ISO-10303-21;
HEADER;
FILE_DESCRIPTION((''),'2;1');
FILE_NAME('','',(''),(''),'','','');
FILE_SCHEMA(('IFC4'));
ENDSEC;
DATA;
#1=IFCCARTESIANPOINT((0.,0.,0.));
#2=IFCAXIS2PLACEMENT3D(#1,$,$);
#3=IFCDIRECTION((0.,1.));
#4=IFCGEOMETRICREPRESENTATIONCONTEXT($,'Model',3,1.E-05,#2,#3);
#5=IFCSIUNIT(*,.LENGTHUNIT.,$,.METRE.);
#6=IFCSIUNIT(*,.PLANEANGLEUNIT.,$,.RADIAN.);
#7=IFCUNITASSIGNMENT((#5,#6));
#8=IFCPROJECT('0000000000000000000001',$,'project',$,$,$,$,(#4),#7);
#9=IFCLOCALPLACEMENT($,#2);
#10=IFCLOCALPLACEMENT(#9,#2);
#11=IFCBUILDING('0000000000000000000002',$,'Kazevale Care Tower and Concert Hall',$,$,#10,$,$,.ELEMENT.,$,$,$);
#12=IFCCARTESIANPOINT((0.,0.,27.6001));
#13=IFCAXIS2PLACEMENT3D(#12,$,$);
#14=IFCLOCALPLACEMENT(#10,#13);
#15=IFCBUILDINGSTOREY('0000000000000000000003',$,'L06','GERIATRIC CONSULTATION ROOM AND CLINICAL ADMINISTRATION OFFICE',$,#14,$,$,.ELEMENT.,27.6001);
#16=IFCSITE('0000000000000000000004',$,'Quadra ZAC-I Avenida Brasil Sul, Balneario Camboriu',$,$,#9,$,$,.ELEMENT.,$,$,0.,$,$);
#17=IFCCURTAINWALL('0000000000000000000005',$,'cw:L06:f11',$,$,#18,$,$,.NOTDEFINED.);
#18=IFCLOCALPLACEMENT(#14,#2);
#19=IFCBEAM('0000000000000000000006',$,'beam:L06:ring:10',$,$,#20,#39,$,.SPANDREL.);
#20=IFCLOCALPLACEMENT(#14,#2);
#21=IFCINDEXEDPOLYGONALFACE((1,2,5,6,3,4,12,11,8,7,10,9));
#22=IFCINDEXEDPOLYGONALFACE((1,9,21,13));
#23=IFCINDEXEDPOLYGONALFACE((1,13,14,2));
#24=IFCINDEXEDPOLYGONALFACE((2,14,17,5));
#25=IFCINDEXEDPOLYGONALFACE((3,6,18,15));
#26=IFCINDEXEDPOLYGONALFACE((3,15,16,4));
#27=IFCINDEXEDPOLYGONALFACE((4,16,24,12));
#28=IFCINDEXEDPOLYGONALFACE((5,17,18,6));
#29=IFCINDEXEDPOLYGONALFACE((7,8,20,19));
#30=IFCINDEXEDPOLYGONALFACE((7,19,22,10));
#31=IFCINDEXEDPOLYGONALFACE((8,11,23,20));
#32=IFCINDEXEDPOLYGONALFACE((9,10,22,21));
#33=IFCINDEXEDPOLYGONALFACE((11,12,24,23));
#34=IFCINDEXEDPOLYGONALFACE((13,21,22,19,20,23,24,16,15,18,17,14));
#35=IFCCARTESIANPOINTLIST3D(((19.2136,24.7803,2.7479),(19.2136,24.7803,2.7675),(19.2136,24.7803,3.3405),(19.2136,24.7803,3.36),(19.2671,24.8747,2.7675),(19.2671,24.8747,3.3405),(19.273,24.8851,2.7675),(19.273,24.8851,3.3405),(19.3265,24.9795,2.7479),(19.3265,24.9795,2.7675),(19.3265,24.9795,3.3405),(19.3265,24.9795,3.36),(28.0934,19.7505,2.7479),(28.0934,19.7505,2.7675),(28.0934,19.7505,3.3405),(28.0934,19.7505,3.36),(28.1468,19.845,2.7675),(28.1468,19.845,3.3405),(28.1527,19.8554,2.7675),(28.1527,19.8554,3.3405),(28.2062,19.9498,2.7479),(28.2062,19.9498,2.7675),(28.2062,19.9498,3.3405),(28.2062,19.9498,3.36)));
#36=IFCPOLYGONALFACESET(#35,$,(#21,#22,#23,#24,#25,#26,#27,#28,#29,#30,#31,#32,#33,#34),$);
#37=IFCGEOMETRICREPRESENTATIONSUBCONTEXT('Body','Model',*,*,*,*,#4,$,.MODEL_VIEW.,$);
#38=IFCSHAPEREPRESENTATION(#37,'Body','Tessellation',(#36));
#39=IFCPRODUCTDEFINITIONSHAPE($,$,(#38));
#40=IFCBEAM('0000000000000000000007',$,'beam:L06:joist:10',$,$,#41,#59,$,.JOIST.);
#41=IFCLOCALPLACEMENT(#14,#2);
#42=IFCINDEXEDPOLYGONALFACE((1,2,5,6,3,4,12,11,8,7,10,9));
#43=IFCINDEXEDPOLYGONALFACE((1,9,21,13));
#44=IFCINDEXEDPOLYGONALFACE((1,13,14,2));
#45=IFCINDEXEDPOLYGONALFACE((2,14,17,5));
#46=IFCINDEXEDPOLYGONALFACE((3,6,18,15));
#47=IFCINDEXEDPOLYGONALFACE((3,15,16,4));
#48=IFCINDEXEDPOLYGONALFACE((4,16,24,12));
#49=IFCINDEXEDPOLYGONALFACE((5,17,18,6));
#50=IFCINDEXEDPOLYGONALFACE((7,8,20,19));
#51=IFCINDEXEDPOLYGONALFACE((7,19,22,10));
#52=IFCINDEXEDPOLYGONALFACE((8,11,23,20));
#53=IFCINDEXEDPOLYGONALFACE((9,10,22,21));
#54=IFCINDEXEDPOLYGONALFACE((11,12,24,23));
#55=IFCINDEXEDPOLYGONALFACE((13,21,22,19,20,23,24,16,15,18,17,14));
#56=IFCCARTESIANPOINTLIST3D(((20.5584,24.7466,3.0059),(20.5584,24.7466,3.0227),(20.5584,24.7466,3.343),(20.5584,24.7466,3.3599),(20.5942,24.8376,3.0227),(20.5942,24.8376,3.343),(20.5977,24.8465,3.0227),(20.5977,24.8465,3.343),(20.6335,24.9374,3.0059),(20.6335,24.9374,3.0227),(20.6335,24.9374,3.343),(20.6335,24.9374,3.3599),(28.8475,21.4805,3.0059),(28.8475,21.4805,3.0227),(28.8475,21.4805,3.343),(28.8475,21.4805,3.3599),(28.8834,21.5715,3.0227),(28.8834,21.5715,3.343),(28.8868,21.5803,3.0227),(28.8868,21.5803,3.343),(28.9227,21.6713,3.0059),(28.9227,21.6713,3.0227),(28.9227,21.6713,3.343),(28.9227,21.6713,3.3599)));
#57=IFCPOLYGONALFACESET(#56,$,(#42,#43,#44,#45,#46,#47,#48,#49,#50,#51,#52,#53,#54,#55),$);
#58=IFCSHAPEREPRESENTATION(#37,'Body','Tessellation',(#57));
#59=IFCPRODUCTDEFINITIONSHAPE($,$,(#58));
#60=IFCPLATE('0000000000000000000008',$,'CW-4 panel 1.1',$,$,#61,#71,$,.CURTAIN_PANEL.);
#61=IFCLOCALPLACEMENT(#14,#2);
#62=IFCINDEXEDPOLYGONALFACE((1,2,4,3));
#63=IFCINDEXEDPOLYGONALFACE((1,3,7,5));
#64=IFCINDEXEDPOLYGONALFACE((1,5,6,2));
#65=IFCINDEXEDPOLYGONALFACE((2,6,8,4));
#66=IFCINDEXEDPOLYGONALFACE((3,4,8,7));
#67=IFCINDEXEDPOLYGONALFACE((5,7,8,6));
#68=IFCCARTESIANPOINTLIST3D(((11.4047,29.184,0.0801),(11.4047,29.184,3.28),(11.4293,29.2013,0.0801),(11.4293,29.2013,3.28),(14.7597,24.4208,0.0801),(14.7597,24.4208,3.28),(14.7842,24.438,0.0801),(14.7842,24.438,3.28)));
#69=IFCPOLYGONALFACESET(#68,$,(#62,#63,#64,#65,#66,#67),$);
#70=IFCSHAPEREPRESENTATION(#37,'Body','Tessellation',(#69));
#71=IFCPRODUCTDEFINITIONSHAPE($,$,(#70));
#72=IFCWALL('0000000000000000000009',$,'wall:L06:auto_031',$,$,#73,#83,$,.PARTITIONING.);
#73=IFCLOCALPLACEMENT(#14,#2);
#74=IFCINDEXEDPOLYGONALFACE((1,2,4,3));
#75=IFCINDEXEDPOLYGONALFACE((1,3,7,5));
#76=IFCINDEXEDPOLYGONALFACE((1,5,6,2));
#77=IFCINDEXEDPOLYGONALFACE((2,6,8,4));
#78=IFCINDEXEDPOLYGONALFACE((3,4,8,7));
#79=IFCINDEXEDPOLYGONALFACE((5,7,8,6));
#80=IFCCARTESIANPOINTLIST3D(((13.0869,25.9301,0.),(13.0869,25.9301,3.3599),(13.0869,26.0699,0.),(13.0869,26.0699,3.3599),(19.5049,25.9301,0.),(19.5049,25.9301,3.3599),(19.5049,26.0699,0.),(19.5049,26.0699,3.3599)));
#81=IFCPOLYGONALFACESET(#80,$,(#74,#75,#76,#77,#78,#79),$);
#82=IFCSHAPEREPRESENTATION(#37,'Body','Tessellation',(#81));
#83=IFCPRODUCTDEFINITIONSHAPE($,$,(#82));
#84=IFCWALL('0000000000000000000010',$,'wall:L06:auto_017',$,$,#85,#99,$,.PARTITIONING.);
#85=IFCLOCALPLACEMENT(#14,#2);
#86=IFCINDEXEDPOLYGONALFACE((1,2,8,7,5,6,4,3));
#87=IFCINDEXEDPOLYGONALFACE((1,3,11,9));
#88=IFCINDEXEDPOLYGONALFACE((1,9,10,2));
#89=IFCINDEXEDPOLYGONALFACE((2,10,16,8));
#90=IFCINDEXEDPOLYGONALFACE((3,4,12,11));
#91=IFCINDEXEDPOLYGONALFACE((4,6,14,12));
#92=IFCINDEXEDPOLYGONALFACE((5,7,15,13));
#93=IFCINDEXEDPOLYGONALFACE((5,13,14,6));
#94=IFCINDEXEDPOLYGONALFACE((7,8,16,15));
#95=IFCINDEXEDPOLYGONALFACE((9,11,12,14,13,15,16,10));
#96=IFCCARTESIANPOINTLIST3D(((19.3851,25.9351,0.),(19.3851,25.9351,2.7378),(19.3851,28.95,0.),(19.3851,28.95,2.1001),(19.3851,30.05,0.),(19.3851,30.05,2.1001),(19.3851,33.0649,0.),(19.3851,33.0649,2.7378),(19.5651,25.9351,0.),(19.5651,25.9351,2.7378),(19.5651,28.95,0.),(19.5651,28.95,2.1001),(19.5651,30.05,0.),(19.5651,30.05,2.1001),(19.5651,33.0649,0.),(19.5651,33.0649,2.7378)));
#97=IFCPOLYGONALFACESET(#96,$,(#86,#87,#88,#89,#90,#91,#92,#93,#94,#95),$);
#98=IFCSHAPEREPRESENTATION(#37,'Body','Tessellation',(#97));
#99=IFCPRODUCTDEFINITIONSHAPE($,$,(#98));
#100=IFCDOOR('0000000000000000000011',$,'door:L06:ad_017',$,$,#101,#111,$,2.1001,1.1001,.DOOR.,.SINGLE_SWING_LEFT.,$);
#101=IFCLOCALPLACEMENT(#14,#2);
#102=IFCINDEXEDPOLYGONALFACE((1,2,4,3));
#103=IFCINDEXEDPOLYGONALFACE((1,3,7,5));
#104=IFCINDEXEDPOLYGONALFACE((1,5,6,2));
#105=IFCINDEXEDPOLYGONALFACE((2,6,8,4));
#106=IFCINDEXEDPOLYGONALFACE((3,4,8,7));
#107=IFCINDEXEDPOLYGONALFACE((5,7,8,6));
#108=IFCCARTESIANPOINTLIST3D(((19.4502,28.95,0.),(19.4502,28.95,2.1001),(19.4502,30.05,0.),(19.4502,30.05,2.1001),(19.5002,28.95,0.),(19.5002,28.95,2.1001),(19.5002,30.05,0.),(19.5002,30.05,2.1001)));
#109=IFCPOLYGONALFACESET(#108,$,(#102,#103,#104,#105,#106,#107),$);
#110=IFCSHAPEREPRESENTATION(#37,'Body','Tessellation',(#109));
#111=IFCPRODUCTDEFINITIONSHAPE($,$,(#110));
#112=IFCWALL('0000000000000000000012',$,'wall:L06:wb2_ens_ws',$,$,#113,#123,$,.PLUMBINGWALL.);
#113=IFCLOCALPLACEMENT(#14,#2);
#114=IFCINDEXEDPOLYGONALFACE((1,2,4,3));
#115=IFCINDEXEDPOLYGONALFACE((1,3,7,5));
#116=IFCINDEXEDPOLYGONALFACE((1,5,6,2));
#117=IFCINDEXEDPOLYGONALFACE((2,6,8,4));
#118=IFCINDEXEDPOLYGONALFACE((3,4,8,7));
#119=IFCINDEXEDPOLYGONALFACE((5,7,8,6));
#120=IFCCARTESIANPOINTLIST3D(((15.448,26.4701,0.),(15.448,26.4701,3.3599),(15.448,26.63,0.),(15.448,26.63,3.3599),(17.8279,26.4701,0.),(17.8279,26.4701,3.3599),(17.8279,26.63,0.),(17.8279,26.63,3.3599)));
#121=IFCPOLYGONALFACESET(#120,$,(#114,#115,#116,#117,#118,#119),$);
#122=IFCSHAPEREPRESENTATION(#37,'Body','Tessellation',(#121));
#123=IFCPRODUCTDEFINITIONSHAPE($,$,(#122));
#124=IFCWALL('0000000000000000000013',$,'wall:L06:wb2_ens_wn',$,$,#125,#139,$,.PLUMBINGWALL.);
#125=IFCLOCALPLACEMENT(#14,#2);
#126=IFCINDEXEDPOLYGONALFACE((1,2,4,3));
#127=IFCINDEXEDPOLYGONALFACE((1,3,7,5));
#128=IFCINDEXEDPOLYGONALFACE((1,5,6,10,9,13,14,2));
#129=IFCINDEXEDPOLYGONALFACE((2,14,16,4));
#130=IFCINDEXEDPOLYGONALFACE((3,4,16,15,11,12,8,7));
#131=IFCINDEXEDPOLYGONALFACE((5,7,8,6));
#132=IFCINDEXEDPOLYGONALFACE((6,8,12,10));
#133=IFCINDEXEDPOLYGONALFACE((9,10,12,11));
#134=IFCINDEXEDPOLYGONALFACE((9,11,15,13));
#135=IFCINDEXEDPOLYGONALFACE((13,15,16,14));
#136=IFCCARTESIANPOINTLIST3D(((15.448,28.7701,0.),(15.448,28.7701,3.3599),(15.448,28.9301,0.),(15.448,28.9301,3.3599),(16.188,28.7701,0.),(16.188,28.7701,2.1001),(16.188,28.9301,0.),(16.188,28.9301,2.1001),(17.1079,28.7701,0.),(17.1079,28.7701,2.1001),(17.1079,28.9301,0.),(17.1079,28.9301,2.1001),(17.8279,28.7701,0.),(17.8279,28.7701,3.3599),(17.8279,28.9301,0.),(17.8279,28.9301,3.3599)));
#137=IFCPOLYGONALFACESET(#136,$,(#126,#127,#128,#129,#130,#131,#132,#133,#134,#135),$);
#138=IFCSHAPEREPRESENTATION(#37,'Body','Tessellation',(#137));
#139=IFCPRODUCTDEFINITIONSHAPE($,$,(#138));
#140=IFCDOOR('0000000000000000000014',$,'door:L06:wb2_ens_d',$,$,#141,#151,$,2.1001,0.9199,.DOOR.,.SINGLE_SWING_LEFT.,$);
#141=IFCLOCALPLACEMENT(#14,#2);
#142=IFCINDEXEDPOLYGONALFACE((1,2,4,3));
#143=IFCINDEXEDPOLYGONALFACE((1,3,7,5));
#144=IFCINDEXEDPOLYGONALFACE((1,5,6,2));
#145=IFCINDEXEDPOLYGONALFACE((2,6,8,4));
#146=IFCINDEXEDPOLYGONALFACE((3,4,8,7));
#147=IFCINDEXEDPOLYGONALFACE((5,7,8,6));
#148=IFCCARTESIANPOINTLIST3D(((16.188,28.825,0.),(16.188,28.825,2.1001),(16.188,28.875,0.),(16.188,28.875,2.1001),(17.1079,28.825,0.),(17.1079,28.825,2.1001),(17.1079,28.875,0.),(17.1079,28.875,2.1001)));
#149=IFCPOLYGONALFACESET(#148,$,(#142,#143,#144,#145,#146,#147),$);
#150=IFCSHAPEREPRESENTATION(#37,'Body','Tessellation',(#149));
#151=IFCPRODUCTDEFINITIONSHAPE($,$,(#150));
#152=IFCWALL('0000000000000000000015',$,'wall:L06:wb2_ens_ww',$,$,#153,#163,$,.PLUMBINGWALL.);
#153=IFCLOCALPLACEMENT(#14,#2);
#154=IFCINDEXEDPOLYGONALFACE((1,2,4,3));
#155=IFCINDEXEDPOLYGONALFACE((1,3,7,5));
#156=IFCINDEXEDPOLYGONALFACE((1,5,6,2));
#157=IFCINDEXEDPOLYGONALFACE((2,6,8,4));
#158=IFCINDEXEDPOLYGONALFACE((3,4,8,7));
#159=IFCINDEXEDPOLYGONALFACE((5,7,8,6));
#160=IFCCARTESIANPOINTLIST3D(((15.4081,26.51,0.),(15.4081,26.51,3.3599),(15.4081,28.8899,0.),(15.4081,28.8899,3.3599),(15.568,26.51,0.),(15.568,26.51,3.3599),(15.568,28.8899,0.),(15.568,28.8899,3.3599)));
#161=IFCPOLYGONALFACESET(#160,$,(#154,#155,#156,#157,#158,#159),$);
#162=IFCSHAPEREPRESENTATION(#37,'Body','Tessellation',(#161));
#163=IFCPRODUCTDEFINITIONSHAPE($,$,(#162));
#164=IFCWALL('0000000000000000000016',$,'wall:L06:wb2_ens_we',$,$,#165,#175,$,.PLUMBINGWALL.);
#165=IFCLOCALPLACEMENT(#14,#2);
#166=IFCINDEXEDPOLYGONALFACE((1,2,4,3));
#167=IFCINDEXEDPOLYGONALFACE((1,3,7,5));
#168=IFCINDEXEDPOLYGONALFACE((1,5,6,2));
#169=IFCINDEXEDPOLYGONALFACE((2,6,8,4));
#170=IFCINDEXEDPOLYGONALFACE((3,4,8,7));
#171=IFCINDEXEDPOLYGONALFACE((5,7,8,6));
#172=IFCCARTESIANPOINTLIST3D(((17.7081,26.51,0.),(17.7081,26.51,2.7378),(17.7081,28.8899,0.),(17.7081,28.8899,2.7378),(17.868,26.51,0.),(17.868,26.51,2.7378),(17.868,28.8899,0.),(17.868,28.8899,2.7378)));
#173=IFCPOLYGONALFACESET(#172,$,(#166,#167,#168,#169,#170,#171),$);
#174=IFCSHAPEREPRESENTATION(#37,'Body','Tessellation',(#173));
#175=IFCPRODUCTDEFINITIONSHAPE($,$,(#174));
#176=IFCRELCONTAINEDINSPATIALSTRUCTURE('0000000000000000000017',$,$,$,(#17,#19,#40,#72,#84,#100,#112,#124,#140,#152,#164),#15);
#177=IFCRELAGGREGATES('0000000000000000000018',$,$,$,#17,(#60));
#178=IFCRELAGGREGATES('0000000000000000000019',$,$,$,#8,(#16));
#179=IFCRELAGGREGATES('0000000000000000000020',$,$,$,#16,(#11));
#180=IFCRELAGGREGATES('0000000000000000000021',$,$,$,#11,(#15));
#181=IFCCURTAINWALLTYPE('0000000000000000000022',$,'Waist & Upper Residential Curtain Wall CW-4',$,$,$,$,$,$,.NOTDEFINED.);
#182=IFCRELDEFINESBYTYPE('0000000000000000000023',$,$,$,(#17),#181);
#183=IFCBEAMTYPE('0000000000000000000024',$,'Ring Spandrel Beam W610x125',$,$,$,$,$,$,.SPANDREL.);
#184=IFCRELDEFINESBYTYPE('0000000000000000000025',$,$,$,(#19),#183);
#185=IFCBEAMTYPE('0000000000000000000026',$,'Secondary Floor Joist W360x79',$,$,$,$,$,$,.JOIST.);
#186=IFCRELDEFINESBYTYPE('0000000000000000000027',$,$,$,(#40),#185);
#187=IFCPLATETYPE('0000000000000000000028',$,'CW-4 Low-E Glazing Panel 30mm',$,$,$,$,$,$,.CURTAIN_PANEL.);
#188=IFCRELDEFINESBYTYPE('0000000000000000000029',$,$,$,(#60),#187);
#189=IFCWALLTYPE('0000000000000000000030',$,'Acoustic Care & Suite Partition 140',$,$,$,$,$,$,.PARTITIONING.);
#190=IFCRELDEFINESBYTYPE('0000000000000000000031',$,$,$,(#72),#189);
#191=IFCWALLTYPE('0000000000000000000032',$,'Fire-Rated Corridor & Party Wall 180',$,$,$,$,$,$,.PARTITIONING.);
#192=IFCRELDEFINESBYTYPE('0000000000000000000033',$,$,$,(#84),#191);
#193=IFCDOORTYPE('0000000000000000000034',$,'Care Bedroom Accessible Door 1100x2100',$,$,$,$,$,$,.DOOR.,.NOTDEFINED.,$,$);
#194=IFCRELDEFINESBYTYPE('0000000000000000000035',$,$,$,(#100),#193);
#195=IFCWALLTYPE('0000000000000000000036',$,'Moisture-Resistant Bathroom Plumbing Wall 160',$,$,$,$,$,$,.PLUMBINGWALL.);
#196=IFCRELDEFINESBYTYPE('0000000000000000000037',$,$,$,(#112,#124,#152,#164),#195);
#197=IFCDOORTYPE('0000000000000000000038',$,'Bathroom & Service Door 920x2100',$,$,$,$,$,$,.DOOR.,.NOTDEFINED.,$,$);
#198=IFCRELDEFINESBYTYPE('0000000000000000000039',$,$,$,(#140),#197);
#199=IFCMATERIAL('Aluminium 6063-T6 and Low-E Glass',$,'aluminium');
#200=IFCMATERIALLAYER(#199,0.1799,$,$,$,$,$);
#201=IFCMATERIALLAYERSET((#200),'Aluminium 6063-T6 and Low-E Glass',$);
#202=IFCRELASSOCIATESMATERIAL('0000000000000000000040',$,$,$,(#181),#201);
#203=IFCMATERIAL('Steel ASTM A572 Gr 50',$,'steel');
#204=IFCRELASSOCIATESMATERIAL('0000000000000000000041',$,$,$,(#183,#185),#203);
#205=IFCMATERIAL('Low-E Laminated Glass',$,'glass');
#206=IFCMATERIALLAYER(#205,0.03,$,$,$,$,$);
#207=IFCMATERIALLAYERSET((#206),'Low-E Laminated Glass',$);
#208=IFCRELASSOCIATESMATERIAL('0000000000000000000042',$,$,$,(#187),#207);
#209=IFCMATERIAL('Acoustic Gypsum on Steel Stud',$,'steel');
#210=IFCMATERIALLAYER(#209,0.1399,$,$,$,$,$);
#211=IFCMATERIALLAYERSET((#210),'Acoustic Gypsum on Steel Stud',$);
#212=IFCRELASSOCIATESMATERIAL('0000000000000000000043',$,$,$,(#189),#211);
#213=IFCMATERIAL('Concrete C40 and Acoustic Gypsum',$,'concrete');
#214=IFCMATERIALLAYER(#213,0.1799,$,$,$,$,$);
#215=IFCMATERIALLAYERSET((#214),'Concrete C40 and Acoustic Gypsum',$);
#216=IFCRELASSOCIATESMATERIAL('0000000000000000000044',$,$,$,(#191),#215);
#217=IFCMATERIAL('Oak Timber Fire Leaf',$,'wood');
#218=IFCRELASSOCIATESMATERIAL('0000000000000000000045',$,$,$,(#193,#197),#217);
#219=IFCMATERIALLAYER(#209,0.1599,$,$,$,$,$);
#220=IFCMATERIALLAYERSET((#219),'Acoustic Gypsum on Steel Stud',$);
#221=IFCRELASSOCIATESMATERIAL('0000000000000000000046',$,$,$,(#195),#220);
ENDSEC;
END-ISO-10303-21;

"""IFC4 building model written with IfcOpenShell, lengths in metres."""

from ifc_helpers import new_model, si_unit, direction, frame, frame_2d, origin, origin_2d, place, context, subcontext, project, spatial, rectangle, i_section, extrude, material, layer, layer_set, material_profile, profile_set, type_object, element, fill, aggregate, save


model = new_model("IFC4")

# Units and contexts
model_context = context("Model", 3, precision=1e-05, world=origin(), true_north=direction((0.0, 1.0)))
body_context = subcontext(model_context, "Body", "Model", "MODEL_VIEW")
ifc_project = project(units=[si_unit("LENGTHUNIT", "METRE"), si_unit("PLANEANGLEUNIT", "RADIAN")], contexts=[model_context])

# Site, building, storey
site_placement = place(None, origin())
site = spatial("IfcSite", under=ifc_project, at=site_placement, Name="Quadra ZAC-I Avenida Brasil Sul, Balneario Camboriu", CompositionType="ELEMENT", RefElevation=0.0)
building_placement = place(site_placement, origin())
building = spatial("IfcBuilding", under=site, at=building_placement, Name="Kazevale Care Tower and Concert Hall", CompositionType="ELEMENT")
storey_placement = place(building_placement, frame((0.0, 0.0, 27.6001)))
storey = spatial("IfcBuildingStorey", under=building, at=storey_placement, Name="L06", Description="GERIATRIC CONSULTATION ROOM AND CLINICAL ADMINISTRATION OFFICE", CompositionType="ELEMENT", Elevation=27.6001)

# Curtain wall
ifc_material_1 = material(Name="Aluminium 6063-T6 and Low-E Glass", Category="aluminium")
ifc_layer_1 = layer(ifc_material_1, 0.1799)
ifc_layer_set_1 = layer_set([ifc_layer_1], Name="Aluminium 6063-T6 and Low-E Glass")
curtain_wall_type_1 = type_object("IfcCurtainWallType", Name="Waist & Upper Residential Curtain Wall CW-4", PredefinedType="NOTDEFINED", material=ifc_layer_set_1)
curtain_wall_1_placement = place(storey_placement, origin())
curtain_wall_1 = element("IfcCurtainWall", 1, at=curtain_wall_1_placement, inside=storey, type_object=curtain_wall_type_1, Name="cw:L06:f11", PredefinedType="NOTDEFINED")

# Beams
ifc_material_2 = material(Name="Steel ASTM A572 Gr 50", Category="steel")
ifc_material_profile_1 = material_profile(ifc_material_2, i_section(OverallWidth=0.229, OverallDepth=0.6121, WebThickness=0.012, FlangeThickness=0.0195, at=origin_2d()), Name="W610x125")
ifc_profile_set_1 = profile_set([ifc_material_profile_1], Name="Steel ASTM A572 Gr 50")
beam_type_1 = type_object("IfcBeamType", Name="Ring Spandrel Beam W610x125", PredefinedType="SPANDREL", material=ifc_profile_set_1)
beam_1_placement = place(storey_placement, frame((19.27, 24.8799, 3.054), z_axis=(0.870112, -0.492853, 0.0), x_axis=(0.492853, 0.870112, 0.0)))
element("IfcBeam", 2, at=beam_1_placement, inside=storey, type_object=beam_type_1, Name="beam:L06:ring:10", PredefinedType="SPANDREL", context=body_context, shape_type="SweptSolid", body=[
    extrude(i_section(OverallWidth=0.229, OverallDepth=0.6121, WebThickness=0.012, FlangeThickness=0.0195, at=origin_2d()), origin(), (0.0, 0.0, 1.0), 10.2053),
])
ifc_material_profile_2 = material_profile(ifc_material_2, i_section(OverallWidth=0.2051, OverallDepth=0.354, WebThickness=0.0095, FlangeThickness=0.0168, at=origin_2d()), Name="W360x79")
ifc_profile_set_2 = profile_set([ifc_material_profile_2], Name="Steel ASTM A572 Gr 50")
beam_type_2 = type_object("IfcBeamType", Name="Secondary Floor Joist W360x79", PredefinedType="JOIST", material=ifc_profile_set_2)
beam_2_placement = place(storey_placement, frame((20.5959, 24.842, 3.1829), z_axis=(0.930381, -0.366595, 0.0), x_axis=(0.366595, 0.930381, 0.0)))
element("IfcBeam", 3, at=beam_2_placement, inside=storey, type_object=beam_type_2, Name="beam:L06:joist:10", PredefinedType="JOIST", context=body_context, shape_type="SweptSolid", body=[
    extrude(i_section(OverallWidth=0.2051, OverallDepth=0.354, WebThickness=0.0095, FlangeThickness=0.0168, at=origin_2d()), origin(), (0.0, 0.0, 1.0), 8.9094),
])

# Plate
ifc_material_3 = material(Name="Low-E Laminated Glass", Category="glass")
ifc_layer_2 = layer(ifc_material_3, 0.03)
ifc_layer_set_2 = layer_set([ifc_layer_2], Name="Low-E Laminated Glass")
plate_type = type_object("IfcPlateType", Name="CW-4 Low-E Glazing Panel 30mm", PredefinedType="CURTAIN_PANEL", material=ifc_layer_set_2)
plate_placement = place(storey_placement, frame((13.0945, 26.811, 0.0801), z_axis=(0.0, 0.0, 1.0), x_axis=(-0.575837, 0.817565, 0.0)))
plate = element("IfcPlate", 4, at=plate_placement, type_object=plate_type, Name="CW-4 panel 1.1", PredefinedType="CURTAIN_PANEL", context=body_context, shape_type="SweptSolid", body=[
    extrude(rectangle(XDim=5.8262, YDim=0.03, at=origin_2d()), origin(), (0.0, 0.0, 1.0), 3.2),
])
aggregate(curtain_wall_1, [plate])

# Wall
ifc_material_4 = material(Name="Acoustic Gypsum on Steel Stud", Category="steel")
ifc_layer_3 = layer(ifc_material_4, 0.1399)
ifc_layer_set_3 = layer_set([ifc_layer_3], Name="Acoustic Gypsum on Steel Stud")
wall_type_1 = type_object("IfcWallType", Name="Acoustic Care & Suite Partition 140", PredefinedType="PARTITIONING", material=ifc_layer_set_3)
wall_1_placement = place(storey_placement, frame((13.0869, 26.0, 0.0), z_axis=(0.0, 0.0, 1.0), x_axis=(1.0, 0.0, 0.0)))
element("IfcWall", 5, at=wall_1_placement, inside=storey, type_object=wall_type_1, Name="wall:L06:auto_031", PredefinedType="PARTITIONING", context=body_context, shape_type="SweptSolid", body=[
    extrude(rectangle(XDim=6.418, YDim=0.1399, at=frame_2d((3.209, 0.0))), origin(), (0.0, 0.0, 1.0), 3.3599),
])

# Wall, opening, door
ifc_material_5 = material(Name="Concrete C40 and Acoustic Gypsum", Category="concrete")
ifc_layer_4 = layer(ifc_material_5, 0.1799)
ifc_layer_set_4 = layer_set([ifc_layer_4], Name="Concrete C40 and Acoustic Gypsum")
wall_type_2 = type_object("IfcWallType", Name="Fire-Rated Corridor & Party Wall 180", PredefinedType="PARTITIONING", material=ifc_layer_set_4)
wall_2_placement = place(storey_placement, frame((19.4751, 25.9351, 0.0), z_axis=(0.0, 0.0, 1.0), x_axis=(0.0, 1.0, 0.0)))
wall_2 = element("IfcWall", 6, at=wall_2_placement, inside=storey, type_object=wall_type_2, Name="wall:L06:auto_017", PredefinedType="PARTITIONING", context=body_context, shape_type="SweptSolid", body=[
    extrude(rectangle(XDim=7.1299, YDim=0.1799, at=frame_2d((3.5649, 0.0))), origin(), (0.0, 0.0, 1.0), 2.7378),
])
opening_1_placement = place(wall_2_placement, frame((3.0149, 0.0, 0.0)))
opening_1 = element("IfcOpeningElement", 7, at=opening_1_placement, cuts=wall_2, PredefinedType="OPENING", context=body_context, shape_type="SweptSolid", body=[
    extrude(rectangle(XDim=1.1001, YDim=2.1001, at=frame_2d((0.55, 1.05))), frame((0.0, 0.0999, 0.0), z_axis=(0.0, -1.0, 0.0), x_axis=(1.0, 0.0, 0.0)), (0.0, 0.0, 1.0), 0.2),
])
ifc_material_6 = material(Name="Oak Timber Fire Leaf", Category="wood")
door_type_1 = type_object("IfcDoorType", Name="Care Bedroom Accessible Door 1100x2100", OperationType="NOTDEFINED", PredefinedType="DOOR", material=ifc_material_6)
door_1_placement = place(opening_1_placement, origin())
door_1 = element("IfcDoor", 8, at=door_1_placement, inside=storey, type_object=door_type_1, Name="door:L06:ad_017", OperationType="SINGLE_SWING_LEFT", OverallHeight=2.1001, OverallWidth=1.1001, PredefinedType="DOOR", context=body_context, shape_type="SweptSolid", body=[
    extrude(rectangle(XDim=1.1001, YDim=2.1001, at=frame_2d((0.55, 1.05))), frame((0.0, 0.0249, 0.0), z_axis=(0.0, -1.0, 0.0), x_axis=(1.0, 0.0, 0.0)), (0.0, 0.0, 1.0), 0.05),
])
fill(opening_1, door_1)

# Wall
ifc_layer_5 = layer(ifc_material_4, 0.1599)
ifc_layer_set_5 = layer_set([ifc_layer_5], Name="Acoustic Gypsum on Steel Stud")
wall_type_3 = type_object("IfcWallType", Name="Moisture-Resistant Bathroom Plumbing Wall 160", PredefinedType="PLUMBINGWALL", material=ifc_layer_set_5)
wall_3_placement = place(storey_placement, frame((15.448, 26.55, 0.0), z_axis=(0.0, 0.0, 1.0), x_axis=(1.0, 0.0, 0.0)))
element("IfcWall", 9, at=wall_3_placement, inside=storey, type_object=wall_type_3, Name="wall:L06:wb2_ens_ws", PredefinedType="PLUMBINGWALL", context=body_context, shape_type="SweptSolid", body=[
    extrude(rectangle(XDim=2.3799, YDim=0.1599, at=frame_2d((1.1899, 0.0))), origin(), (0.0, 0.0, 1.0), 3.3599),
])

# Wall, opening, door
wall_4_placement = place(storey_placement, frame((15.448, 28.8501, 0.0), z_axis=(0.0, 0.0, 1.0), x_axis=(1.0, 0.0, 0.0)))
wall_4 = element("IfcWall", 10, at=wall_4_placement, inside=storey, type_object=wall_type_3, Name="wall:L06:wb2_ens_wn", PredefinedType="PLUMBINGWALL", context=body_context, shape_type="SweptSolid", body=[
    extrude(rectangle(XDim=2.3799, YDim=0.1599, at=frame_2d((1.1899, 0.0))), origin(), (0.0, 0.0, 1.0), 3.3599),
])
opening_2_placement = place(wall_4_placement, frame((0.74, 0.0, 0.0)))
opening_2 = element("IfcOpeningElement", 11, at=opening_2_placement, cuts=wall_4, PredefinedType="OPENING", context=body_context, shape_type="SweptSolid", body=[
    extrude(rectangle(XDim=0.9199, YDim=2.1001, at=frame_2d((0.46, 1.05))), frame((0.0, 0.0898, 0.0), z_axis=(0.0, -1.0, 0.0), x_axis=(1.0, 0.0, 0.0)), (0.0, 0.0, 1.0), 0.1799),
])
door_type_2 = type_object("IfcDoorType", Name="Bathroom & Service Door 920x2100", OperationType="NOTDEFINED", PredefinedType="DOOR", material=ifc_material_6)
door_2_placement = place(opening_2_placement, origin())
door_2 = element("IfcDoor", 12, at=door_2_placement, inside=storey, type_object=door_type_2, Name="door:L06:wb2_ens_d", OperationType="SINGLE_SWING_LEFT", OverallHeight=2.1001, OverallWidth=0.9199, PredefinedType="DOOR", context=body_context, shape_type="SweptSolid", body=[
    extrude(rectangle(XDim=0.9199, YDim=2.1001, at=frame_2d((0.46, 1.05))), frame((0.0, 0.0249, 0.0), z_axis=(0.0, -1.0, 0.0), x_axis=(1.0, 0.0, 0.0)), (0.0, 0.0, 1.0), 0.05),
])
fill(opening_2, door_2)

# Walls
wall_5_placement = place(storey_placement, frame((15.488, 26.51, 0.0), z_axis=(0.0, 0.0, 1.0), x_axis=(0.0, 1.0, 0.0)))
element("IfcWall", 13, at=wall_5_placement, inside=storey, type_object=wall_type_3, Name="wall:L06:wb2_ens_ww", PredefinedType="PLUMBINGWALL", context=body_context, shape_type="SweptSolid", body=[
    extrude(rectangle(XDim=2.3799, YDim=0.1599, at=frame_2d((1.1899, 0.0))), origin(), (0.0, 0.0, 1.0), 3.3599),
])
wall_6_placement = place(storey_placement, frame((17.7881, 26.51, 0.0), z_axis=(0.0, 0.0, 1.0), x_axis=(0.0, 1.0, 0.0)))
element("IfcWall", 14, at=wall_6_placement, inside=storey, type_object=wall_type_3, Name="wall:L06:wb2_ens_we", PredefinedType="PLUMBINGWALL", context=body_context, shape_type="SweptSolid", body=[
    extrude(rectangle(XDim=2.3799, YDim=0.1599, at=frame_2d((1.1899, 0.0))), origin(), (0.0, 0.0, 1.0), 2.7378),
])

save(model, "model.ifc")
